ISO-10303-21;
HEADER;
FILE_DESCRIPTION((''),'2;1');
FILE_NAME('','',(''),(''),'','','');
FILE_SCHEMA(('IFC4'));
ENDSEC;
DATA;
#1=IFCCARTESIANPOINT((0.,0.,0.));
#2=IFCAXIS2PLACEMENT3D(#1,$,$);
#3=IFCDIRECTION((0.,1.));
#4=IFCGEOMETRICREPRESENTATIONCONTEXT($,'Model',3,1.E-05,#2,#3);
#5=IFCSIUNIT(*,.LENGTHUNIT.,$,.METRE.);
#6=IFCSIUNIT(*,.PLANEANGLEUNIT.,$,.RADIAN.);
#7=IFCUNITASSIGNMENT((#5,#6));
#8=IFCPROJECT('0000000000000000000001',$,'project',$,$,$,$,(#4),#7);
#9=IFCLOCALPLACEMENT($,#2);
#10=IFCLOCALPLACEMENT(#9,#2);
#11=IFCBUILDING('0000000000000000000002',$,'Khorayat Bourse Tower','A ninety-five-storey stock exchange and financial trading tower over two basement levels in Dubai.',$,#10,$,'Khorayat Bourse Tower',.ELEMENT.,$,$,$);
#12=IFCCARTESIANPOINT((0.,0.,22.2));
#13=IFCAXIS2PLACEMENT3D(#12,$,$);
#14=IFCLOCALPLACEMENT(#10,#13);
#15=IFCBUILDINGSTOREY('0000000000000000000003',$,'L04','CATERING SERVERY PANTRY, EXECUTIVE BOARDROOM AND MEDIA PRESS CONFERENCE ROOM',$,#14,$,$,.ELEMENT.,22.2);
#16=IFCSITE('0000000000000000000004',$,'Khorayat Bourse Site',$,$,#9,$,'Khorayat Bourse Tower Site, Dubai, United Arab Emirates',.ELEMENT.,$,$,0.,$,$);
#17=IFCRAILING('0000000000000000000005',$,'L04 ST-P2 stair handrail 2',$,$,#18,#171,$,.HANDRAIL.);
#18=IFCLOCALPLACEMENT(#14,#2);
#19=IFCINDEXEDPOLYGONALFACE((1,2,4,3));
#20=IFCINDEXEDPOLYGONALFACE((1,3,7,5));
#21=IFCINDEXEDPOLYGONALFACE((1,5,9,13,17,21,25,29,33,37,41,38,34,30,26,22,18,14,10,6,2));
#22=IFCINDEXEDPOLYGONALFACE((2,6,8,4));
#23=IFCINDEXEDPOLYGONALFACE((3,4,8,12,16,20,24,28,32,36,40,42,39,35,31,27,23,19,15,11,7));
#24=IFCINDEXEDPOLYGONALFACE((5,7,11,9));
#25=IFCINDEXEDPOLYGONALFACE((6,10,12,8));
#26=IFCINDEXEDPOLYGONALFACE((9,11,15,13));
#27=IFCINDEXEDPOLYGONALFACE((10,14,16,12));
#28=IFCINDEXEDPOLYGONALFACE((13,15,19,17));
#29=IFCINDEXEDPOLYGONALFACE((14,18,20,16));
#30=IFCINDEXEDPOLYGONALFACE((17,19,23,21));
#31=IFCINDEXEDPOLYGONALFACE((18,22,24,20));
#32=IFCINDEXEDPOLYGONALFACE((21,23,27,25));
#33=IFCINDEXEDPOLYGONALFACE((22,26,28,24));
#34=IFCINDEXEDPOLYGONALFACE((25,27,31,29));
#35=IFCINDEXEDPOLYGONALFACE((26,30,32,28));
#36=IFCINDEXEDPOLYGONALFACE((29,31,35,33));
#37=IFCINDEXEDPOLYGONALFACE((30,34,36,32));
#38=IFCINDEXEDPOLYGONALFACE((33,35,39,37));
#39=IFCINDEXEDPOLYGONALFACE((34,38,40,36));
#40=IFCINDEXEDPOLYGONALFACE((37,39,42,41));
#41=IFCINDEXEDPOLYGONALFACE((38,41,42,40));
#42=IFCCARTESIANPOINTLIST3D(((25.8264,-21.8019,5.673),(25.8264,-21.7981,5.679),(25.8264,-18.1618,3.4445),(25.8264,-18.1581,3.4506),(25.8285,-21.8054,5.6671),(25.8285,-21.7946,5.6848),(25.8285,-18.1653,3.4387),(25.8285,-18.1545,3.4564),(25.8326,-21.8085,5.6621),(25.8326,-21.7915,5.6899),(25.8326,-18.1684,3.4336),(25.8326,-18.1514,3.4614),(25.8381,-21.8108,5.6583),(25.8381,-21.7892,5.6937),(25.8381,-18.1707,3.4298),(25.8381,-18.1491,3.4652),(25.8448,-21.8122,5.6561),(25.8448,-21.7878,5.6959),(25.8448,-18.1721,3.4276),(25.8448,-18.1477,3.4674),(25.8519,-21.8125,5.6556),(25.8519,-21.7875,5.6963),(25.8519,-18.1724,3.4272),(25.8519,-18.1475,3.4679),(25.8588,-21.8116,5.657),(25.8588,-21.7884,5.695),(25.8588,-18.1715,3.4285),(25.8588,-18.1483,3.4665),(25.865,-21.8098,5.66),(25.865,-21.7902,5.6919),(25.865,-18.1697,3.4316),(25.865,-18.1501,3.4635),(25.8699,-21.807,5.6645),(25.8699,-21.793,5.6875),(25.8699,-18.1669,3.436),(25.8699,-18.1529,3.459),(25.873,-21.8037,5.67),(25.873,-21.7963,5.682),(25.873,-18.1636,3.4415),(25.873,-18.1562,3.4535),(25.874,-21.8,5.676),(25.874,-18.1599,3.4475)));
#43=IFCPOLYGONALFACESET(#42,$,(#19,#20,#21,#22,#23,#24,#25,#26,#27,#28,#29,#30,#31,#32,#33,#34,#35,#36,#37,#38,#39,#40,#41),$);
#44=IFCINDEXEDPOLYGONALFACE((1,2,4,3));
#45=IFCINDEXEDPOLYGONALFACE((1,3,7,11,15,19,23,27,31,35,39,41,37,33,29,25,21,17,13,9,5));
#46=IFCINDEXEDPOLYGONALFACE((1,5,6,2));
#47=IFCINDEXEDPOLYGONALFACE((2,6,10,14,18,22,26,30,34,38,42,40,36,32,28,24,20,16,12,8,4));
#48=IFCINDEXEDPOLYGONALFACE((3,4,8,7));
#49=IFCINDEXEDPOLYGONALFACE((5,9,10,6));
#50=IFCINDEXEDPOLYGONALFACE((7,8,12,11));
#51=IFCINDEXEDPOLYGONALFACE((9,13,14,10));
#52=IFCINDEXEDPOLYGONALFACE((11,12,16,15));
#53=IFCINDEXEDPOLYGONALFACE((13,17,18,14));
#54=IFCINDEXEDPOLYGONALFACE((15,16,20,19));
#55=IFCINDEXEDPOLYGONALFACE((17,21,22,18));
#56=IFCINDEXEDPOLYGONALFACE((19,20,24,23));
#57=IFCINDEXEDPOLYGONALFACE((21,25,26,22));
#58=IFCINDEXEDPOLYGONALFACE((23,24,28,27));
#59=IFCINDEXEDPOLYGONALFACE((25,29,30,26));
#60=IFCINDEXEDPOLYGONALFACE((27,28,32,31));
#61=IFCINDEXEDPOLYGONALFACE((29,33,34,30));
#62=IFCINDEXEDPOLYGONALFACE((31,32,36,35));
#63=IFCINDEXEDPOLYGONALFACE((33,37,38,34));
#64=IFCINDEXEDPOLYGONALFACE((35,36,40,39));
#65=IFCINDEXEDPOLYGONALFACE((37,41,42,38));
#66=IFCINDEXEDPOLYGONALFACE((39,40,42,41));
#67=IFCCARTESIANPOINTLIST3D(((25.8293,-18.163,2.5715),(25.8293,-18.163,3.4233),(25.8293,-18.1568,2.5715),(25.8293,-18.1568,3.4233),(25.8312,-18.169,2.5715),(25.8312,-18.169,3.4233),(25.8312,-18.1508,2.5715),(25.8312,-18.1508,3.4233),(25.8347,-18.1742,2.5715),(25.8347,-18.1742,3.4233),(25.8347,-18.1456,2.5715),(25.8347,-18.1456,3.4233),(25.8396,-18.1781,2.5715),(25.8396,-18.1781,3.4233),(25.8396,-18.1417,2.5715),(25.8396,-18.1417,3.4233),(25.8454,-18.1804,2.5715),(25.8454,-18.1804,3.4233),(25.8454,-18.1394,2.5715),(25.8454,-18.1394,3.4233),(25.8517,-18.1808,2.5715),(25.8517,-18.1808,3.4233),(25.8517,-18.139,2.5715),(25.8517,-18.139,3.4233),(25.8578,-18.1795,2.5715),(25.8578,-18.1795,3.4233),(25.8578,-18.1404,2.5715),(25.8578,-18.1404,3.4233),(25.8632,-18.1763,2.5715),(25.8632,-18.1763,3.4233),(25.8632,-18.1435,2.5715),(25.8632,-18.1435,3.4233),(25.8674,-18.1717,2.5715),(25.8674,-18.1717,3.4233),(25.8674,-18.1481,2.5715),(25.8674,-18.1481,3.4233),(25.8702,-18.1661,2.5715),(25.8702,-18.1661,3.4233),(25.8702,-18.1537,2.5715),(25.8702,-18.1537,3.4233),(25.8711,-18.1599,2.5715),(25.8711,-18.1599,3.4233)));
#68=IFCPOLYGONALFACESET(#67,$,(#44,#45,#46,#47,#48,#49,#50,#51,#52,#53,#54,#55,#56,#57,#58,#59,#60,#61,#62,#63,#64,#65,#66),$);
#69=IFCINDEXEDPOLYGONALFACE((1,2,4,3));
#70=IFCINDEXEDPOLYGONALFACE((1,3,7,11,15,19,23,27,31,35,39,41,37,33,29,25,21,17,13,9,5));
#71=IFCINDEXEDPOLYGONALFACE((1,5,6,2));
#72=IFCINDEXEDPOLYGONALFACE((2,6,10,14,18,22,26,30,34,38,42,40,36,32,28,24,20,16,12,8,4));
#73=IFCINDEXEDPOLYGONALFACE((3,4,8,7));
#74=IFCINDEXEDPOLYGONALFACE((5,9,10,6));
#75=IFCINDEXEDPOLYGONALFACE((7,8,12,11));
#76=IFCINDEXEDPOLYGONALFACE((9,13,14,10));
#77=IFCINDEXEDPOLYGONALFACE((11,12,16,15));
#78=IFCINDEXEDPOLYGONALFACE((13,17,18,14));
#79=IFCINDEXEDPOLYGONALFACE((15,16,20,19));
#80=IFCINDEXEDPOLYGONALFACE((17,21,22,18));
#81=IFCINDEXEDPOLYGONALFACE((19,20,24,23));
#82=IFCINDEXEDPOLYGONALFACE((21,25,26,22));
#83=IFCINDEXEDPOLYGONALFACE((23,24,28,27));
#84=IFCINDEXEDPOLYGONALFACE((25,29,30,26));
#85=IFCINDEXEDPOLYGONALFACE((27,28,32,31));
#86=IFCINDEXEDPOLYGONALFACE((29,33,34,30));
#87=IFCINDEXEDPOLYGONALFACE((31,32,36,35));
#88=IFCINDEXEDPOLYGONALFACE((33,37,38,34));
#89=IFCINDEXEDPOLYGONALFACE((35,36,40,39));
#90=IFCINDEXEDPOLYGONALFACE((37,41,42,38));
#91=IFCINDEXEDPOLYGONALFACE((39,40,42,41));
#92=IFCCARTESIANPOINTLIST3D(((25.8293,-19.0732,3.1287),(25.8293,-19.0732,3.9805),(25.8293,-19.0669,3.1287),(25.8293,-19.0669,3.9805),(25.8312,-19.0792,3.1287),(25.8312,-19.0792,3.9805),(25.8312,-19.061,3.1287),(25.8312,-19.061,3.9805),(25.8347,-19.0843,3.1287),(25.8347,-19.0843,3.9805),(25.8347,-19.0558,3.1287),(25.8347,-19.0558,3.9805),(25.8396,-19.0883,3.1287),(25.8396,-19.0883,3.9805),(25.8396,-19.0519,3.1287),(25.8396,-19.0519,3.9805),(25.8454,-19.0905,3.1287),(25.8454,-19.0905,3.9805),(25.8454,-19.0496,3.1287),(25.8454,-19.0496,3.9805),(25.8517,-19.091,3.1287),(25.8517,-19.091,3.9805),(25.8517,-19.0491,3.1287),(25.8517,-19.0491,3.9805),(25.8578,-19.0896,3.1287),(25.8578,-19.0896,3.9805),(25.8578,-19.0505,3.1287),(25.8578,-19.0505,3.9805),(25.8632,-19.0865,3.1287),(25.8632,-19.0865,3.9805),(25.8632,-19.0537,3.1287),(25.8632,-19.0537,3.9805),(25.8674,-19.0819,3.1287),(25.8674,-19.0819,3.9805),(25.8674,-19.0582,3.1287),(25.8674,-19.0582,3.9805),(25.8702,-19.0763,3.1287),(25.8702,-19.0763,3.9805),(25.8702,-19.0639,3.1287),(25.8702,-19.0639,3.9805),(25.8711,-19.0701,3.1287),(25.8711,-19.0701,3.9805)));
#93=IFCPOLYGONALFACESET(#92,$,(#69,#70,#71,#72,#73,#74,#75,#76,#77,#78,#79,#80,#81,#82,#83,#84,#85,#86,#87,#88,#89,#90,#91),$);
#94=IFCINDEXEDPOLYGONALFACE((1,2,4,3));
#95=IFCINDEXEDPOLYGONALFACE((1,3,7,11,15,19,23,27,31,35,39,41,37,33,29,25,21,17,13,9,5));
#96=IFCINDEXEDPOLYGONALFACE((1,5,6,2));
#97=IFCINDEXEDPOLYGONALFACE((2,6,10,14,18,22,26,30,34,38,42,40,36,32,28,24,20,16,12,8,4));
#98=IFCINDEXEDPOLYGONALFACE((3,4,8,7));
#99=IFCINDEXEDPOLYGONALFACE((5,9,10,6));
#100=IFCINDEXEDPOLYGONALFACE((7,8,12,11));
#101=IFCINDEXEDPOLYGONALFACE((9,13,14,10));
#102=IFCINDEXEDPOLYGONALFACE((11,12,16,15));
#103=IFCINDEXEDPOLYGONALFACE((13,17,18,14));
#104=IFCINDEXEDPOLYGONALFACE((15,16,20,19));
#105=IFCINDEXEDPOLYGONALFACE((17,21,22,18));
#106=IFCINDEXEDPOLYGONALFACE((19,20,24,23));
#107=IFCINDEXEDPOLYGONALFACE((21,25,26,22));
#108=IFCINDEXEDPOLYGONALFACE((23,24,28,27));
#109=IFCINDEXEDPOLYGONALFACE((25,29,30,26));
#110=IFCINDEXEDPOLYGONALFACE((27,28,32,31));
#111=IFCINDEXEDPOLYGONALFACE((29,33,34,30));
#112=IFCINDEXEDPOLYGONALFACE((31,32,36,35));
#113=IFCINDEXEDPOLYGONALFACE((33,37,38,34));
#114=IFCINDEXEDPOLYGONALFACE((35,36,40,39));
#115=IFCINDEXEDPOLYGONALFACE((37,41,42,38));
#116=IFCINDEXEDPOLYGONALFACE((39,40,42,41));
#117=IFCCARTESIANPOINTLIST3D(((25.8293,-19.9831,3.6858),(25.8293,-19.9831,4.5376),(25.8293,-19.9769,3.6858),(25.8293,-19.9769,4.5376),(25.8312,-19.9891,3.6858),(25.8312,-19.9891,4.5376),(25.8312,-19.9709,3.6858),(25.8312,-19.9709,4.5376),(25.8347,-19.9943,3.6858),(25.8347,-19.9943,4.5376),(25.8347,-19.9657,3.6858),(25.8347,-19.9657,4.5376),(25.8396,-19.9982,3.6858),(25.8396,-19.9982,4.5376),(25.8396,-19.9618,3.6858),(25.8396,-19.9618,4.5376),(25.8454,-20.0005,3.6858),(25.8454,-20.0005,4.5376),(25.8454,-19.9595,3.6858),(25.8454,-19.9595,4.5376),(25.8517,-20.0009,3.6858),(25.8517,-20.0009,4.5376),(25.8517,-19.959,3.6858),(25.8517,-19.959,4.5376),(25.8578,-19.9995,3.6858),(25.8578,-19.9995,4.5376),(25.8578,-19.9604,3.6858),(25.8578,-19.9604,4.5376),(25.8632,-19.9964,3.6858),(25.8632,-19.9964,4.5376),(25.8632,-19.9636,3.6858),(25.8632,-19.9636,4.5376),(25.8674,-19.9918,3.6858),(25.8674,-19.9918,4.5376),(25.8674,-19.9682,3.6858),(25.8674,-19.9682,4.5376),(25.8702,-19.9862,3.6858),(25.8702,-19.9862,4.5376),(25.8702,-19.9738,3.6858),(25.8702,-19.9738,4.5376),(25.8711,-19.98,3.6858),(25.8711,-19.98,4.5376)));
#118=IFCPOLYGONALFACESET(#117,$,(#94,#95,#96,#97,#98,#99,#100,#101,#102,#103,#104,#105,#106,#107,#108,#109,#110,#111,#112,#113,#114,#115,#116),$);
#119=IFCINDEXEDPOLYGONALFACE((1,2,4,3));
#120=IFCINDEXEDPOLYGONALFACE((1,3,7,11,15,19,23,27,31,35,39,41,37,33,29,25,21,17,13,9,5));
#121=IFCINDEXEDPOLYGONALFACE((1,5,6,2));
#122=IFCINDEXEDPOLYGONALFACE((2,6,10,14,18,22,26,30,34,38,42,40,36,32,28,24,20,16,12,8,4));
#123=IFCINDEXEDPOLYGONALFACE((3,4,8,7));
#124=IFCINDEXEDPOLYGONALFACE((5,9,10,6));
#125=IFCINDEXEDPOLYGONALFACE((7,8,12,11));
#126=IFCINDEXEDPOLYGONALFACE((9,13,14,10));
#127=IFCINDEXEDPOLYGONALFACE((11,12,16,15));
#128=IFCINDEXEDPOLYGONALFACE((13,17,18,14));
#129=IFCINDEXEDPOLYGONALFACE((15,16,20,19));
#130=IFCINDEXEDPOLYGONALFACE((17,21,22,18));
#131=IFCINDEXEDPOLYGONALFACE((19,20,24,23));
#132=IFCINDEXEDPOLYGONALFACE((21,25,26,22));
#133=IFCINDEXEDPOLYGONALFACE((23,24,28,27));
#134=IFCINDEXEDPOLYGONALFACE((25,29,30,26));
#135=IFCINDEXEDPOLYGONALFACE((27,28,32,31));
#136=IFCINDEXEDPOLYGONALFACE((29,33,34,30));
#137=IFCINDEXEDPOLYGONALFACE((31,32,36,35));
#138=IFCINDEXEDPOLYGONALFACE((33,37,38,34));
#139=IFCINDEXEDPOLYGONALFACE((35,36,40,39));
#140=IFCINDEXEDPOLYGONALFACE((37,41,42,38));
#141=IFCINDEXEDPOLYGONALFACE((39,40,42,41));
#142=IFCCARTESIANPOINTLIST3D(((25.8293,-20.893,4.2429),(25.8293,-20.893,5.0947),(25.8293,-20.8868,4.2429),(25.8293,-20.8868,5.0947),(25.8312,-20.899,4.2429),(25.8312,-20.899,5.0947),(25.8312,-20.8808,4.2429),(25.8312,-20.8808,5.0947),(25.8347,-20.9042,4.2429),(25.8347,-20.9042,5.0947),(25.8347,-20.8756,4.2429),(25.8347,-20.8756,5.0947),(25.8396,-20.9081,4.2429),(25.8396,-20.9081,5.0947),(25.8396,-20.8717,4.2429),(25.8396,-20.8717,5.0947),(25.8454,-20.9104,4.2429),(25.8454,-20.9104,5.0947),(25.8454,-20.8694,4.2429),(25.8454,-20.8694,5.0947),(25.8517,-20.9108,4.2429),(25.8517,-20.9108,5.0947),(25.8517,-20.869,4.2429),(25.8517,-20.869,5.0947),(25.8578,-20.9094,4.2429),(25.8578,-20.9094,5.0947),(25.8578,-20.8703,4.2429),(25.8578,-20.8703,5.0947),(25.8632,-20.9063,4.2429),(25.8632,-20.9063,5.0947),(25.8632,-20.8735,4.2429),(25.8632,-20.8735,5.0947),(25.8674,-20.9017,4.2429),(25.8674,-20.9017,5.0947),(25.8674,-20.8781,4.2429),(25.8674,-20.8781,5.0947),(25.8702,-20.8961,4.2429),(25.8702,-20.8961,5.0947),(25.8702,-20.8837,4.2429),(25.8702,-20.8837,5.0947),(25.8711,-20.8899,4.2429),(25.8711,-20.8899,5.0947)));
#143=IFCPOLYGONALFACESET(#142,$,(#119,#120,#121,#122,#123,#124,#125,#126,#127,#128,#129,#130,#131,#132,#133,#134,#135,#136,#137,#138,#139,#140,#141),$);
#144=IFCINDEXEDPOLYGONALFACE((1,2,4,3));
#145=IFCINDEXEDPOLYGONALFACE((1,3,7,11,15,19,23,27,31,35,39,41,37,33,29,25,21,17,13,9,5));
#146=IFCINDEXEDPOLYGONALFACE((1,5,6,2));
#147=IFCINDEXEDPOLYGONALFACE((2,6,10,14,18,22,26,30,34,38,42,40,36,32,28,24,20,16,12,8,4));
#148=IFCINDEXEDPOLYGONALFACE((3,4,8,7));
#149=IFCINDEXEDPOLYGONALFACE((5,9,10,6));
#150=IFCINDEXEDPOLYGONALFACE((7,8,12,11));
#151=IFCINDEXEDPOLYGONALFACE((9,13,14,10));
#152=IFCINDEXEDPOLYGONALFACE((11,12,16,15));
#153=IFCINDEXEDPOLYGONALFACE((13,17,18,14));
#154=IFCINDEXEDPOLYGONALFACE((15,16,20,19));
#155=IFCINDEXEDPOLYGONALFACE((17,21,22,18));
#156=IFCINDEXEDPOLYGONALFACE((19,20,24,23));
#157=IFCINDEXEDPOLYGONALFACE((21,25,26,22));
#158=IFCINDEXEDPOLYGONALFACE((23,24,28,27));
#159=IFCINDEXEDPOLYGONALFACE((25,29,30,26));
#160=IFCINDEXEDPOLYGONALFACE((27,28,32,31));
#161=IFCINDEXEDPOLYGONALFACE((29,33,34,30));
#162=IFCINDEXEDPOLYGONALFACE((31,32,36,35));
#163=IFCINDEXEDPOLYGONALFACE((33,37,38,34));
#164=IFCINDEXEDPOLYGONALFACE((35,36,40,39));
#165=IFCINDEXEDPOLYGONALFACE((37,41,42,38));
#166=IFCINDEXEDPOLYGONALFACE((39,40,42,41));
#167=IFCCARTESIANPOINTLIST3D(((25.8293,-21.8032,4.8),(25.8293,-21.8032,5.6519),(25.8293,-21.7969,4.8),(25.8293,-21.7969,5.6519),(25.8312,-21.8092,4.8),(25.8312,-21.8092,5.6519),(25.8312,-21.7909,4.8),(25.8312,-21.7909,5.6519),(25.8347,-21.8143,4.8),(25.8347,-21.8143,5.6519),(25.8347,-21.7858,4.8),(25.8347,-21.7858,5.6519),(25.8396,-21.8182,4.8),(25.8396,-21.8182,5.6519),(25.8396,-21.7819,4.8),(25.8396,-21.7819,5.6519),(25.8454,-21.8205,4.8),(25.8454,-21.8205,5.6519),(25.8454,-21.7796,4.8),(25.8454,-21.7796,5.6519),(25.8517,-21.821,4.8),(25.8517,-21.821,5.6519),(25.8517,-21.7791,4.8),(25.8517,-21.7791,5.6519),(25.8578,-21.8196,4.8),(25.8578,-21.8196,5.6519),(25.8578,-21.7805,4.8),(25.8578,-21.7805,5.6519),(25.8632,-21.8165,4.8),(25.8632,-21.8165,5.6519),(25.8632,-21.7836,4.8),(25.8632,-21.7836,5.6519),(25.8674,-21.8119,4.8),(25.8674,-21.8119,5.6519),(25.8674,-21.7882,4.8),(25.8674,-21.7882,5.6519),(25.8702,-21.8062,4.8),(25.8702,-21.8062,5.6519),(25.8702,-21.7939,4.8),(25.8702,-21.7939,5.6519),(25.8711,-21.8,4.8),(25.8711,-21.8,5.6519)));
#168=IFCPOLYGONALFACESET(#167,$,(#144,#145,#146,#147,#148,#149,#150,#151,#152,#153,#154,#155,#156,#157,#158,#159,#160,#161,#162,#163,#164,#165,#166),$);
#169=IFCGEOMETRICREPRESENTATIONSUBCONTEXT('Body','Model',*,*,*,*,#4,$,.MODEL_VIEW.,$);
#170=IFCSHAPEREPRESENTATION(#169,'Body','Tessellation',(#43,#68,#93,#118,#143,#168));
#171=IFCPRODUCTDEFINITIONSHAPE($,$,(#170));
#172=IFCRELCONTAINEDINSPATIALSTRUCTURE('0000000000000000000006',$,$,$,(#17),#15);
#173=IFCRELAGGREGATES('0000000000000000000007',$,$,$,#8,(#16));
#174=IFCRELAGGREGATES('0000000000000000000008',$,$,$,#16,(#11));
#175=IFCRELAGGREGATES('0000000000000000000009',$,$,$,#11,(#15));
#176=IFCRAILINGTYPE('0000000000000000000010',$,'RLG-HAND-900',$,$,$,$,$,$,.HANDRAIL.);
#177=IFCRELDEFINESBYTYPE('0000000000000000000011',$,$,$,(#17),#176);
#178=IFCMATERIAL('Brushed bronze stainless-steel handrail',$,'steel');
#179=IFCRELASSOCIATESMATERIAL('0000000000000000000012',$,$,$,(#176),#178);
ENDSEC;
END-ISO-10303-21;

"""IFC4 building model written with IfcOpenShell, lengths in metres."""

from ifc_helpers import new_model, si_unit, direction, frame, origin, origin_2d, place, context, subcontext, project, spatial, circle, extrude, source, transform, mapped, material, type_object, element, save


model = new_model("IFC4")

# Units and contexts
model_context = context("Model", 3, precision=1e-05, world=origin(), true_north=direction((0.0, 1.0)))
body_context = subcontext(model_context, "Body", "Model", "MODEL_VIEW")
ifc_project = project(units=[si_unit("LENGTHUNIT", "METRE"), si_unit("PLANEANGLEUNIT", "RADIAN")], contexts=[model_context])

# Site, building, storey
site_placement = place(None, origin())
site = spatial("IfcSite", under=ifc_project, at=site_placement, Name="Khorayat Bourse Site", LongName="Khorayat Bourse Tower Site, Dubai, United Arab Emirates", CompositionType="ELEMENT", RefElevation=0.0)
building_placement = place(site_placement, origin())
building = spatial("IfcBuilding", under=site, at=building_placement, Name="Khorayat Bourse Tower", Description="A ninety-five-storey stock exchange and financial trading tower over two basement levels in Dubai.", LongName="Khorayat Bourse Tower", CompositionType="ELEMENT")
storey_placement = place(building_placement, frame((0.0, 0.0, 22.2)))
storey = spatial("IfcBuildingStorey", under=building, at=storey_placement, Name="L04", Description="CATERING SERVERY PANTRY, EXECUTIVE BOARDROOM AND MEDIA PRESS CONFERENCE ROOM", CompositionType="ELEMENT", Elevation=22.2)

# Railing
ifc_material_1 = material(Name="Brushed bronze stainless-steel handrail", Category="steel")
railing_type_1 = type_object("IfcRailingType", Name="RLG-HAND-900", PredefinedType="HANDRAIL", material=ifc_material_1)
shared_shape_1 = source(origin(), body_context, "Body", "SweptSolid", [
    extrude(circle(Radius=0.0239, at=origin_2d()), frame((0.0, 0.0, 0.876), z_axis=(0.0, -0.852866, 0.52213), x_axis=(1.0, 0.0, 0.0)), (0.0, 0.0, 1.0), 4.2681),
    extrude(circle(Radius=0.021, at=origin_2d()), origin(), (0.0, 0.0, 1.0), 0.8518),
    extrude(circle(Radius=0.021, at=origin_2d()), frame((0.0, -0.9102, 0.5571)), (0.0, 0.0, 1.0), 0.8518),
    extrude(circle(Radius=0.021, at=origin_2d()), frame((0.0, -1.8201, 1.1143)), (0.0, 0.0, 1.0), 0.8518),
    extrude(circle(Radius=0.021, at=origin_2d()), frame((0.0, -2.73, 1.6714)), (0.0, 0.0, 1.0), 0.8518),
    extrude(circle(Radius=0.021, at=origin_2d()), frame((0.0, -3.6401, 2.2285)), (0.0, 0.0, 1.0), 0.8518),
])
railing_1_placement = place(storey_placement, frame((25.8501, -18.1599, 2.5715)))
element("IfcRailing", 1, at=railing_1_placement, inside=storey, type_object=railing_type_1, Name="L04 ST-P2 stair handrail 2", PredefinedType="HANDRAIL", context=body_context, shape_type="MappedRepresentation", body=[
    mapped(shared_shape_1, transform((0.0, 0.0, 0.0), scale=1.0)),
])

save(model, "model.ifc")
